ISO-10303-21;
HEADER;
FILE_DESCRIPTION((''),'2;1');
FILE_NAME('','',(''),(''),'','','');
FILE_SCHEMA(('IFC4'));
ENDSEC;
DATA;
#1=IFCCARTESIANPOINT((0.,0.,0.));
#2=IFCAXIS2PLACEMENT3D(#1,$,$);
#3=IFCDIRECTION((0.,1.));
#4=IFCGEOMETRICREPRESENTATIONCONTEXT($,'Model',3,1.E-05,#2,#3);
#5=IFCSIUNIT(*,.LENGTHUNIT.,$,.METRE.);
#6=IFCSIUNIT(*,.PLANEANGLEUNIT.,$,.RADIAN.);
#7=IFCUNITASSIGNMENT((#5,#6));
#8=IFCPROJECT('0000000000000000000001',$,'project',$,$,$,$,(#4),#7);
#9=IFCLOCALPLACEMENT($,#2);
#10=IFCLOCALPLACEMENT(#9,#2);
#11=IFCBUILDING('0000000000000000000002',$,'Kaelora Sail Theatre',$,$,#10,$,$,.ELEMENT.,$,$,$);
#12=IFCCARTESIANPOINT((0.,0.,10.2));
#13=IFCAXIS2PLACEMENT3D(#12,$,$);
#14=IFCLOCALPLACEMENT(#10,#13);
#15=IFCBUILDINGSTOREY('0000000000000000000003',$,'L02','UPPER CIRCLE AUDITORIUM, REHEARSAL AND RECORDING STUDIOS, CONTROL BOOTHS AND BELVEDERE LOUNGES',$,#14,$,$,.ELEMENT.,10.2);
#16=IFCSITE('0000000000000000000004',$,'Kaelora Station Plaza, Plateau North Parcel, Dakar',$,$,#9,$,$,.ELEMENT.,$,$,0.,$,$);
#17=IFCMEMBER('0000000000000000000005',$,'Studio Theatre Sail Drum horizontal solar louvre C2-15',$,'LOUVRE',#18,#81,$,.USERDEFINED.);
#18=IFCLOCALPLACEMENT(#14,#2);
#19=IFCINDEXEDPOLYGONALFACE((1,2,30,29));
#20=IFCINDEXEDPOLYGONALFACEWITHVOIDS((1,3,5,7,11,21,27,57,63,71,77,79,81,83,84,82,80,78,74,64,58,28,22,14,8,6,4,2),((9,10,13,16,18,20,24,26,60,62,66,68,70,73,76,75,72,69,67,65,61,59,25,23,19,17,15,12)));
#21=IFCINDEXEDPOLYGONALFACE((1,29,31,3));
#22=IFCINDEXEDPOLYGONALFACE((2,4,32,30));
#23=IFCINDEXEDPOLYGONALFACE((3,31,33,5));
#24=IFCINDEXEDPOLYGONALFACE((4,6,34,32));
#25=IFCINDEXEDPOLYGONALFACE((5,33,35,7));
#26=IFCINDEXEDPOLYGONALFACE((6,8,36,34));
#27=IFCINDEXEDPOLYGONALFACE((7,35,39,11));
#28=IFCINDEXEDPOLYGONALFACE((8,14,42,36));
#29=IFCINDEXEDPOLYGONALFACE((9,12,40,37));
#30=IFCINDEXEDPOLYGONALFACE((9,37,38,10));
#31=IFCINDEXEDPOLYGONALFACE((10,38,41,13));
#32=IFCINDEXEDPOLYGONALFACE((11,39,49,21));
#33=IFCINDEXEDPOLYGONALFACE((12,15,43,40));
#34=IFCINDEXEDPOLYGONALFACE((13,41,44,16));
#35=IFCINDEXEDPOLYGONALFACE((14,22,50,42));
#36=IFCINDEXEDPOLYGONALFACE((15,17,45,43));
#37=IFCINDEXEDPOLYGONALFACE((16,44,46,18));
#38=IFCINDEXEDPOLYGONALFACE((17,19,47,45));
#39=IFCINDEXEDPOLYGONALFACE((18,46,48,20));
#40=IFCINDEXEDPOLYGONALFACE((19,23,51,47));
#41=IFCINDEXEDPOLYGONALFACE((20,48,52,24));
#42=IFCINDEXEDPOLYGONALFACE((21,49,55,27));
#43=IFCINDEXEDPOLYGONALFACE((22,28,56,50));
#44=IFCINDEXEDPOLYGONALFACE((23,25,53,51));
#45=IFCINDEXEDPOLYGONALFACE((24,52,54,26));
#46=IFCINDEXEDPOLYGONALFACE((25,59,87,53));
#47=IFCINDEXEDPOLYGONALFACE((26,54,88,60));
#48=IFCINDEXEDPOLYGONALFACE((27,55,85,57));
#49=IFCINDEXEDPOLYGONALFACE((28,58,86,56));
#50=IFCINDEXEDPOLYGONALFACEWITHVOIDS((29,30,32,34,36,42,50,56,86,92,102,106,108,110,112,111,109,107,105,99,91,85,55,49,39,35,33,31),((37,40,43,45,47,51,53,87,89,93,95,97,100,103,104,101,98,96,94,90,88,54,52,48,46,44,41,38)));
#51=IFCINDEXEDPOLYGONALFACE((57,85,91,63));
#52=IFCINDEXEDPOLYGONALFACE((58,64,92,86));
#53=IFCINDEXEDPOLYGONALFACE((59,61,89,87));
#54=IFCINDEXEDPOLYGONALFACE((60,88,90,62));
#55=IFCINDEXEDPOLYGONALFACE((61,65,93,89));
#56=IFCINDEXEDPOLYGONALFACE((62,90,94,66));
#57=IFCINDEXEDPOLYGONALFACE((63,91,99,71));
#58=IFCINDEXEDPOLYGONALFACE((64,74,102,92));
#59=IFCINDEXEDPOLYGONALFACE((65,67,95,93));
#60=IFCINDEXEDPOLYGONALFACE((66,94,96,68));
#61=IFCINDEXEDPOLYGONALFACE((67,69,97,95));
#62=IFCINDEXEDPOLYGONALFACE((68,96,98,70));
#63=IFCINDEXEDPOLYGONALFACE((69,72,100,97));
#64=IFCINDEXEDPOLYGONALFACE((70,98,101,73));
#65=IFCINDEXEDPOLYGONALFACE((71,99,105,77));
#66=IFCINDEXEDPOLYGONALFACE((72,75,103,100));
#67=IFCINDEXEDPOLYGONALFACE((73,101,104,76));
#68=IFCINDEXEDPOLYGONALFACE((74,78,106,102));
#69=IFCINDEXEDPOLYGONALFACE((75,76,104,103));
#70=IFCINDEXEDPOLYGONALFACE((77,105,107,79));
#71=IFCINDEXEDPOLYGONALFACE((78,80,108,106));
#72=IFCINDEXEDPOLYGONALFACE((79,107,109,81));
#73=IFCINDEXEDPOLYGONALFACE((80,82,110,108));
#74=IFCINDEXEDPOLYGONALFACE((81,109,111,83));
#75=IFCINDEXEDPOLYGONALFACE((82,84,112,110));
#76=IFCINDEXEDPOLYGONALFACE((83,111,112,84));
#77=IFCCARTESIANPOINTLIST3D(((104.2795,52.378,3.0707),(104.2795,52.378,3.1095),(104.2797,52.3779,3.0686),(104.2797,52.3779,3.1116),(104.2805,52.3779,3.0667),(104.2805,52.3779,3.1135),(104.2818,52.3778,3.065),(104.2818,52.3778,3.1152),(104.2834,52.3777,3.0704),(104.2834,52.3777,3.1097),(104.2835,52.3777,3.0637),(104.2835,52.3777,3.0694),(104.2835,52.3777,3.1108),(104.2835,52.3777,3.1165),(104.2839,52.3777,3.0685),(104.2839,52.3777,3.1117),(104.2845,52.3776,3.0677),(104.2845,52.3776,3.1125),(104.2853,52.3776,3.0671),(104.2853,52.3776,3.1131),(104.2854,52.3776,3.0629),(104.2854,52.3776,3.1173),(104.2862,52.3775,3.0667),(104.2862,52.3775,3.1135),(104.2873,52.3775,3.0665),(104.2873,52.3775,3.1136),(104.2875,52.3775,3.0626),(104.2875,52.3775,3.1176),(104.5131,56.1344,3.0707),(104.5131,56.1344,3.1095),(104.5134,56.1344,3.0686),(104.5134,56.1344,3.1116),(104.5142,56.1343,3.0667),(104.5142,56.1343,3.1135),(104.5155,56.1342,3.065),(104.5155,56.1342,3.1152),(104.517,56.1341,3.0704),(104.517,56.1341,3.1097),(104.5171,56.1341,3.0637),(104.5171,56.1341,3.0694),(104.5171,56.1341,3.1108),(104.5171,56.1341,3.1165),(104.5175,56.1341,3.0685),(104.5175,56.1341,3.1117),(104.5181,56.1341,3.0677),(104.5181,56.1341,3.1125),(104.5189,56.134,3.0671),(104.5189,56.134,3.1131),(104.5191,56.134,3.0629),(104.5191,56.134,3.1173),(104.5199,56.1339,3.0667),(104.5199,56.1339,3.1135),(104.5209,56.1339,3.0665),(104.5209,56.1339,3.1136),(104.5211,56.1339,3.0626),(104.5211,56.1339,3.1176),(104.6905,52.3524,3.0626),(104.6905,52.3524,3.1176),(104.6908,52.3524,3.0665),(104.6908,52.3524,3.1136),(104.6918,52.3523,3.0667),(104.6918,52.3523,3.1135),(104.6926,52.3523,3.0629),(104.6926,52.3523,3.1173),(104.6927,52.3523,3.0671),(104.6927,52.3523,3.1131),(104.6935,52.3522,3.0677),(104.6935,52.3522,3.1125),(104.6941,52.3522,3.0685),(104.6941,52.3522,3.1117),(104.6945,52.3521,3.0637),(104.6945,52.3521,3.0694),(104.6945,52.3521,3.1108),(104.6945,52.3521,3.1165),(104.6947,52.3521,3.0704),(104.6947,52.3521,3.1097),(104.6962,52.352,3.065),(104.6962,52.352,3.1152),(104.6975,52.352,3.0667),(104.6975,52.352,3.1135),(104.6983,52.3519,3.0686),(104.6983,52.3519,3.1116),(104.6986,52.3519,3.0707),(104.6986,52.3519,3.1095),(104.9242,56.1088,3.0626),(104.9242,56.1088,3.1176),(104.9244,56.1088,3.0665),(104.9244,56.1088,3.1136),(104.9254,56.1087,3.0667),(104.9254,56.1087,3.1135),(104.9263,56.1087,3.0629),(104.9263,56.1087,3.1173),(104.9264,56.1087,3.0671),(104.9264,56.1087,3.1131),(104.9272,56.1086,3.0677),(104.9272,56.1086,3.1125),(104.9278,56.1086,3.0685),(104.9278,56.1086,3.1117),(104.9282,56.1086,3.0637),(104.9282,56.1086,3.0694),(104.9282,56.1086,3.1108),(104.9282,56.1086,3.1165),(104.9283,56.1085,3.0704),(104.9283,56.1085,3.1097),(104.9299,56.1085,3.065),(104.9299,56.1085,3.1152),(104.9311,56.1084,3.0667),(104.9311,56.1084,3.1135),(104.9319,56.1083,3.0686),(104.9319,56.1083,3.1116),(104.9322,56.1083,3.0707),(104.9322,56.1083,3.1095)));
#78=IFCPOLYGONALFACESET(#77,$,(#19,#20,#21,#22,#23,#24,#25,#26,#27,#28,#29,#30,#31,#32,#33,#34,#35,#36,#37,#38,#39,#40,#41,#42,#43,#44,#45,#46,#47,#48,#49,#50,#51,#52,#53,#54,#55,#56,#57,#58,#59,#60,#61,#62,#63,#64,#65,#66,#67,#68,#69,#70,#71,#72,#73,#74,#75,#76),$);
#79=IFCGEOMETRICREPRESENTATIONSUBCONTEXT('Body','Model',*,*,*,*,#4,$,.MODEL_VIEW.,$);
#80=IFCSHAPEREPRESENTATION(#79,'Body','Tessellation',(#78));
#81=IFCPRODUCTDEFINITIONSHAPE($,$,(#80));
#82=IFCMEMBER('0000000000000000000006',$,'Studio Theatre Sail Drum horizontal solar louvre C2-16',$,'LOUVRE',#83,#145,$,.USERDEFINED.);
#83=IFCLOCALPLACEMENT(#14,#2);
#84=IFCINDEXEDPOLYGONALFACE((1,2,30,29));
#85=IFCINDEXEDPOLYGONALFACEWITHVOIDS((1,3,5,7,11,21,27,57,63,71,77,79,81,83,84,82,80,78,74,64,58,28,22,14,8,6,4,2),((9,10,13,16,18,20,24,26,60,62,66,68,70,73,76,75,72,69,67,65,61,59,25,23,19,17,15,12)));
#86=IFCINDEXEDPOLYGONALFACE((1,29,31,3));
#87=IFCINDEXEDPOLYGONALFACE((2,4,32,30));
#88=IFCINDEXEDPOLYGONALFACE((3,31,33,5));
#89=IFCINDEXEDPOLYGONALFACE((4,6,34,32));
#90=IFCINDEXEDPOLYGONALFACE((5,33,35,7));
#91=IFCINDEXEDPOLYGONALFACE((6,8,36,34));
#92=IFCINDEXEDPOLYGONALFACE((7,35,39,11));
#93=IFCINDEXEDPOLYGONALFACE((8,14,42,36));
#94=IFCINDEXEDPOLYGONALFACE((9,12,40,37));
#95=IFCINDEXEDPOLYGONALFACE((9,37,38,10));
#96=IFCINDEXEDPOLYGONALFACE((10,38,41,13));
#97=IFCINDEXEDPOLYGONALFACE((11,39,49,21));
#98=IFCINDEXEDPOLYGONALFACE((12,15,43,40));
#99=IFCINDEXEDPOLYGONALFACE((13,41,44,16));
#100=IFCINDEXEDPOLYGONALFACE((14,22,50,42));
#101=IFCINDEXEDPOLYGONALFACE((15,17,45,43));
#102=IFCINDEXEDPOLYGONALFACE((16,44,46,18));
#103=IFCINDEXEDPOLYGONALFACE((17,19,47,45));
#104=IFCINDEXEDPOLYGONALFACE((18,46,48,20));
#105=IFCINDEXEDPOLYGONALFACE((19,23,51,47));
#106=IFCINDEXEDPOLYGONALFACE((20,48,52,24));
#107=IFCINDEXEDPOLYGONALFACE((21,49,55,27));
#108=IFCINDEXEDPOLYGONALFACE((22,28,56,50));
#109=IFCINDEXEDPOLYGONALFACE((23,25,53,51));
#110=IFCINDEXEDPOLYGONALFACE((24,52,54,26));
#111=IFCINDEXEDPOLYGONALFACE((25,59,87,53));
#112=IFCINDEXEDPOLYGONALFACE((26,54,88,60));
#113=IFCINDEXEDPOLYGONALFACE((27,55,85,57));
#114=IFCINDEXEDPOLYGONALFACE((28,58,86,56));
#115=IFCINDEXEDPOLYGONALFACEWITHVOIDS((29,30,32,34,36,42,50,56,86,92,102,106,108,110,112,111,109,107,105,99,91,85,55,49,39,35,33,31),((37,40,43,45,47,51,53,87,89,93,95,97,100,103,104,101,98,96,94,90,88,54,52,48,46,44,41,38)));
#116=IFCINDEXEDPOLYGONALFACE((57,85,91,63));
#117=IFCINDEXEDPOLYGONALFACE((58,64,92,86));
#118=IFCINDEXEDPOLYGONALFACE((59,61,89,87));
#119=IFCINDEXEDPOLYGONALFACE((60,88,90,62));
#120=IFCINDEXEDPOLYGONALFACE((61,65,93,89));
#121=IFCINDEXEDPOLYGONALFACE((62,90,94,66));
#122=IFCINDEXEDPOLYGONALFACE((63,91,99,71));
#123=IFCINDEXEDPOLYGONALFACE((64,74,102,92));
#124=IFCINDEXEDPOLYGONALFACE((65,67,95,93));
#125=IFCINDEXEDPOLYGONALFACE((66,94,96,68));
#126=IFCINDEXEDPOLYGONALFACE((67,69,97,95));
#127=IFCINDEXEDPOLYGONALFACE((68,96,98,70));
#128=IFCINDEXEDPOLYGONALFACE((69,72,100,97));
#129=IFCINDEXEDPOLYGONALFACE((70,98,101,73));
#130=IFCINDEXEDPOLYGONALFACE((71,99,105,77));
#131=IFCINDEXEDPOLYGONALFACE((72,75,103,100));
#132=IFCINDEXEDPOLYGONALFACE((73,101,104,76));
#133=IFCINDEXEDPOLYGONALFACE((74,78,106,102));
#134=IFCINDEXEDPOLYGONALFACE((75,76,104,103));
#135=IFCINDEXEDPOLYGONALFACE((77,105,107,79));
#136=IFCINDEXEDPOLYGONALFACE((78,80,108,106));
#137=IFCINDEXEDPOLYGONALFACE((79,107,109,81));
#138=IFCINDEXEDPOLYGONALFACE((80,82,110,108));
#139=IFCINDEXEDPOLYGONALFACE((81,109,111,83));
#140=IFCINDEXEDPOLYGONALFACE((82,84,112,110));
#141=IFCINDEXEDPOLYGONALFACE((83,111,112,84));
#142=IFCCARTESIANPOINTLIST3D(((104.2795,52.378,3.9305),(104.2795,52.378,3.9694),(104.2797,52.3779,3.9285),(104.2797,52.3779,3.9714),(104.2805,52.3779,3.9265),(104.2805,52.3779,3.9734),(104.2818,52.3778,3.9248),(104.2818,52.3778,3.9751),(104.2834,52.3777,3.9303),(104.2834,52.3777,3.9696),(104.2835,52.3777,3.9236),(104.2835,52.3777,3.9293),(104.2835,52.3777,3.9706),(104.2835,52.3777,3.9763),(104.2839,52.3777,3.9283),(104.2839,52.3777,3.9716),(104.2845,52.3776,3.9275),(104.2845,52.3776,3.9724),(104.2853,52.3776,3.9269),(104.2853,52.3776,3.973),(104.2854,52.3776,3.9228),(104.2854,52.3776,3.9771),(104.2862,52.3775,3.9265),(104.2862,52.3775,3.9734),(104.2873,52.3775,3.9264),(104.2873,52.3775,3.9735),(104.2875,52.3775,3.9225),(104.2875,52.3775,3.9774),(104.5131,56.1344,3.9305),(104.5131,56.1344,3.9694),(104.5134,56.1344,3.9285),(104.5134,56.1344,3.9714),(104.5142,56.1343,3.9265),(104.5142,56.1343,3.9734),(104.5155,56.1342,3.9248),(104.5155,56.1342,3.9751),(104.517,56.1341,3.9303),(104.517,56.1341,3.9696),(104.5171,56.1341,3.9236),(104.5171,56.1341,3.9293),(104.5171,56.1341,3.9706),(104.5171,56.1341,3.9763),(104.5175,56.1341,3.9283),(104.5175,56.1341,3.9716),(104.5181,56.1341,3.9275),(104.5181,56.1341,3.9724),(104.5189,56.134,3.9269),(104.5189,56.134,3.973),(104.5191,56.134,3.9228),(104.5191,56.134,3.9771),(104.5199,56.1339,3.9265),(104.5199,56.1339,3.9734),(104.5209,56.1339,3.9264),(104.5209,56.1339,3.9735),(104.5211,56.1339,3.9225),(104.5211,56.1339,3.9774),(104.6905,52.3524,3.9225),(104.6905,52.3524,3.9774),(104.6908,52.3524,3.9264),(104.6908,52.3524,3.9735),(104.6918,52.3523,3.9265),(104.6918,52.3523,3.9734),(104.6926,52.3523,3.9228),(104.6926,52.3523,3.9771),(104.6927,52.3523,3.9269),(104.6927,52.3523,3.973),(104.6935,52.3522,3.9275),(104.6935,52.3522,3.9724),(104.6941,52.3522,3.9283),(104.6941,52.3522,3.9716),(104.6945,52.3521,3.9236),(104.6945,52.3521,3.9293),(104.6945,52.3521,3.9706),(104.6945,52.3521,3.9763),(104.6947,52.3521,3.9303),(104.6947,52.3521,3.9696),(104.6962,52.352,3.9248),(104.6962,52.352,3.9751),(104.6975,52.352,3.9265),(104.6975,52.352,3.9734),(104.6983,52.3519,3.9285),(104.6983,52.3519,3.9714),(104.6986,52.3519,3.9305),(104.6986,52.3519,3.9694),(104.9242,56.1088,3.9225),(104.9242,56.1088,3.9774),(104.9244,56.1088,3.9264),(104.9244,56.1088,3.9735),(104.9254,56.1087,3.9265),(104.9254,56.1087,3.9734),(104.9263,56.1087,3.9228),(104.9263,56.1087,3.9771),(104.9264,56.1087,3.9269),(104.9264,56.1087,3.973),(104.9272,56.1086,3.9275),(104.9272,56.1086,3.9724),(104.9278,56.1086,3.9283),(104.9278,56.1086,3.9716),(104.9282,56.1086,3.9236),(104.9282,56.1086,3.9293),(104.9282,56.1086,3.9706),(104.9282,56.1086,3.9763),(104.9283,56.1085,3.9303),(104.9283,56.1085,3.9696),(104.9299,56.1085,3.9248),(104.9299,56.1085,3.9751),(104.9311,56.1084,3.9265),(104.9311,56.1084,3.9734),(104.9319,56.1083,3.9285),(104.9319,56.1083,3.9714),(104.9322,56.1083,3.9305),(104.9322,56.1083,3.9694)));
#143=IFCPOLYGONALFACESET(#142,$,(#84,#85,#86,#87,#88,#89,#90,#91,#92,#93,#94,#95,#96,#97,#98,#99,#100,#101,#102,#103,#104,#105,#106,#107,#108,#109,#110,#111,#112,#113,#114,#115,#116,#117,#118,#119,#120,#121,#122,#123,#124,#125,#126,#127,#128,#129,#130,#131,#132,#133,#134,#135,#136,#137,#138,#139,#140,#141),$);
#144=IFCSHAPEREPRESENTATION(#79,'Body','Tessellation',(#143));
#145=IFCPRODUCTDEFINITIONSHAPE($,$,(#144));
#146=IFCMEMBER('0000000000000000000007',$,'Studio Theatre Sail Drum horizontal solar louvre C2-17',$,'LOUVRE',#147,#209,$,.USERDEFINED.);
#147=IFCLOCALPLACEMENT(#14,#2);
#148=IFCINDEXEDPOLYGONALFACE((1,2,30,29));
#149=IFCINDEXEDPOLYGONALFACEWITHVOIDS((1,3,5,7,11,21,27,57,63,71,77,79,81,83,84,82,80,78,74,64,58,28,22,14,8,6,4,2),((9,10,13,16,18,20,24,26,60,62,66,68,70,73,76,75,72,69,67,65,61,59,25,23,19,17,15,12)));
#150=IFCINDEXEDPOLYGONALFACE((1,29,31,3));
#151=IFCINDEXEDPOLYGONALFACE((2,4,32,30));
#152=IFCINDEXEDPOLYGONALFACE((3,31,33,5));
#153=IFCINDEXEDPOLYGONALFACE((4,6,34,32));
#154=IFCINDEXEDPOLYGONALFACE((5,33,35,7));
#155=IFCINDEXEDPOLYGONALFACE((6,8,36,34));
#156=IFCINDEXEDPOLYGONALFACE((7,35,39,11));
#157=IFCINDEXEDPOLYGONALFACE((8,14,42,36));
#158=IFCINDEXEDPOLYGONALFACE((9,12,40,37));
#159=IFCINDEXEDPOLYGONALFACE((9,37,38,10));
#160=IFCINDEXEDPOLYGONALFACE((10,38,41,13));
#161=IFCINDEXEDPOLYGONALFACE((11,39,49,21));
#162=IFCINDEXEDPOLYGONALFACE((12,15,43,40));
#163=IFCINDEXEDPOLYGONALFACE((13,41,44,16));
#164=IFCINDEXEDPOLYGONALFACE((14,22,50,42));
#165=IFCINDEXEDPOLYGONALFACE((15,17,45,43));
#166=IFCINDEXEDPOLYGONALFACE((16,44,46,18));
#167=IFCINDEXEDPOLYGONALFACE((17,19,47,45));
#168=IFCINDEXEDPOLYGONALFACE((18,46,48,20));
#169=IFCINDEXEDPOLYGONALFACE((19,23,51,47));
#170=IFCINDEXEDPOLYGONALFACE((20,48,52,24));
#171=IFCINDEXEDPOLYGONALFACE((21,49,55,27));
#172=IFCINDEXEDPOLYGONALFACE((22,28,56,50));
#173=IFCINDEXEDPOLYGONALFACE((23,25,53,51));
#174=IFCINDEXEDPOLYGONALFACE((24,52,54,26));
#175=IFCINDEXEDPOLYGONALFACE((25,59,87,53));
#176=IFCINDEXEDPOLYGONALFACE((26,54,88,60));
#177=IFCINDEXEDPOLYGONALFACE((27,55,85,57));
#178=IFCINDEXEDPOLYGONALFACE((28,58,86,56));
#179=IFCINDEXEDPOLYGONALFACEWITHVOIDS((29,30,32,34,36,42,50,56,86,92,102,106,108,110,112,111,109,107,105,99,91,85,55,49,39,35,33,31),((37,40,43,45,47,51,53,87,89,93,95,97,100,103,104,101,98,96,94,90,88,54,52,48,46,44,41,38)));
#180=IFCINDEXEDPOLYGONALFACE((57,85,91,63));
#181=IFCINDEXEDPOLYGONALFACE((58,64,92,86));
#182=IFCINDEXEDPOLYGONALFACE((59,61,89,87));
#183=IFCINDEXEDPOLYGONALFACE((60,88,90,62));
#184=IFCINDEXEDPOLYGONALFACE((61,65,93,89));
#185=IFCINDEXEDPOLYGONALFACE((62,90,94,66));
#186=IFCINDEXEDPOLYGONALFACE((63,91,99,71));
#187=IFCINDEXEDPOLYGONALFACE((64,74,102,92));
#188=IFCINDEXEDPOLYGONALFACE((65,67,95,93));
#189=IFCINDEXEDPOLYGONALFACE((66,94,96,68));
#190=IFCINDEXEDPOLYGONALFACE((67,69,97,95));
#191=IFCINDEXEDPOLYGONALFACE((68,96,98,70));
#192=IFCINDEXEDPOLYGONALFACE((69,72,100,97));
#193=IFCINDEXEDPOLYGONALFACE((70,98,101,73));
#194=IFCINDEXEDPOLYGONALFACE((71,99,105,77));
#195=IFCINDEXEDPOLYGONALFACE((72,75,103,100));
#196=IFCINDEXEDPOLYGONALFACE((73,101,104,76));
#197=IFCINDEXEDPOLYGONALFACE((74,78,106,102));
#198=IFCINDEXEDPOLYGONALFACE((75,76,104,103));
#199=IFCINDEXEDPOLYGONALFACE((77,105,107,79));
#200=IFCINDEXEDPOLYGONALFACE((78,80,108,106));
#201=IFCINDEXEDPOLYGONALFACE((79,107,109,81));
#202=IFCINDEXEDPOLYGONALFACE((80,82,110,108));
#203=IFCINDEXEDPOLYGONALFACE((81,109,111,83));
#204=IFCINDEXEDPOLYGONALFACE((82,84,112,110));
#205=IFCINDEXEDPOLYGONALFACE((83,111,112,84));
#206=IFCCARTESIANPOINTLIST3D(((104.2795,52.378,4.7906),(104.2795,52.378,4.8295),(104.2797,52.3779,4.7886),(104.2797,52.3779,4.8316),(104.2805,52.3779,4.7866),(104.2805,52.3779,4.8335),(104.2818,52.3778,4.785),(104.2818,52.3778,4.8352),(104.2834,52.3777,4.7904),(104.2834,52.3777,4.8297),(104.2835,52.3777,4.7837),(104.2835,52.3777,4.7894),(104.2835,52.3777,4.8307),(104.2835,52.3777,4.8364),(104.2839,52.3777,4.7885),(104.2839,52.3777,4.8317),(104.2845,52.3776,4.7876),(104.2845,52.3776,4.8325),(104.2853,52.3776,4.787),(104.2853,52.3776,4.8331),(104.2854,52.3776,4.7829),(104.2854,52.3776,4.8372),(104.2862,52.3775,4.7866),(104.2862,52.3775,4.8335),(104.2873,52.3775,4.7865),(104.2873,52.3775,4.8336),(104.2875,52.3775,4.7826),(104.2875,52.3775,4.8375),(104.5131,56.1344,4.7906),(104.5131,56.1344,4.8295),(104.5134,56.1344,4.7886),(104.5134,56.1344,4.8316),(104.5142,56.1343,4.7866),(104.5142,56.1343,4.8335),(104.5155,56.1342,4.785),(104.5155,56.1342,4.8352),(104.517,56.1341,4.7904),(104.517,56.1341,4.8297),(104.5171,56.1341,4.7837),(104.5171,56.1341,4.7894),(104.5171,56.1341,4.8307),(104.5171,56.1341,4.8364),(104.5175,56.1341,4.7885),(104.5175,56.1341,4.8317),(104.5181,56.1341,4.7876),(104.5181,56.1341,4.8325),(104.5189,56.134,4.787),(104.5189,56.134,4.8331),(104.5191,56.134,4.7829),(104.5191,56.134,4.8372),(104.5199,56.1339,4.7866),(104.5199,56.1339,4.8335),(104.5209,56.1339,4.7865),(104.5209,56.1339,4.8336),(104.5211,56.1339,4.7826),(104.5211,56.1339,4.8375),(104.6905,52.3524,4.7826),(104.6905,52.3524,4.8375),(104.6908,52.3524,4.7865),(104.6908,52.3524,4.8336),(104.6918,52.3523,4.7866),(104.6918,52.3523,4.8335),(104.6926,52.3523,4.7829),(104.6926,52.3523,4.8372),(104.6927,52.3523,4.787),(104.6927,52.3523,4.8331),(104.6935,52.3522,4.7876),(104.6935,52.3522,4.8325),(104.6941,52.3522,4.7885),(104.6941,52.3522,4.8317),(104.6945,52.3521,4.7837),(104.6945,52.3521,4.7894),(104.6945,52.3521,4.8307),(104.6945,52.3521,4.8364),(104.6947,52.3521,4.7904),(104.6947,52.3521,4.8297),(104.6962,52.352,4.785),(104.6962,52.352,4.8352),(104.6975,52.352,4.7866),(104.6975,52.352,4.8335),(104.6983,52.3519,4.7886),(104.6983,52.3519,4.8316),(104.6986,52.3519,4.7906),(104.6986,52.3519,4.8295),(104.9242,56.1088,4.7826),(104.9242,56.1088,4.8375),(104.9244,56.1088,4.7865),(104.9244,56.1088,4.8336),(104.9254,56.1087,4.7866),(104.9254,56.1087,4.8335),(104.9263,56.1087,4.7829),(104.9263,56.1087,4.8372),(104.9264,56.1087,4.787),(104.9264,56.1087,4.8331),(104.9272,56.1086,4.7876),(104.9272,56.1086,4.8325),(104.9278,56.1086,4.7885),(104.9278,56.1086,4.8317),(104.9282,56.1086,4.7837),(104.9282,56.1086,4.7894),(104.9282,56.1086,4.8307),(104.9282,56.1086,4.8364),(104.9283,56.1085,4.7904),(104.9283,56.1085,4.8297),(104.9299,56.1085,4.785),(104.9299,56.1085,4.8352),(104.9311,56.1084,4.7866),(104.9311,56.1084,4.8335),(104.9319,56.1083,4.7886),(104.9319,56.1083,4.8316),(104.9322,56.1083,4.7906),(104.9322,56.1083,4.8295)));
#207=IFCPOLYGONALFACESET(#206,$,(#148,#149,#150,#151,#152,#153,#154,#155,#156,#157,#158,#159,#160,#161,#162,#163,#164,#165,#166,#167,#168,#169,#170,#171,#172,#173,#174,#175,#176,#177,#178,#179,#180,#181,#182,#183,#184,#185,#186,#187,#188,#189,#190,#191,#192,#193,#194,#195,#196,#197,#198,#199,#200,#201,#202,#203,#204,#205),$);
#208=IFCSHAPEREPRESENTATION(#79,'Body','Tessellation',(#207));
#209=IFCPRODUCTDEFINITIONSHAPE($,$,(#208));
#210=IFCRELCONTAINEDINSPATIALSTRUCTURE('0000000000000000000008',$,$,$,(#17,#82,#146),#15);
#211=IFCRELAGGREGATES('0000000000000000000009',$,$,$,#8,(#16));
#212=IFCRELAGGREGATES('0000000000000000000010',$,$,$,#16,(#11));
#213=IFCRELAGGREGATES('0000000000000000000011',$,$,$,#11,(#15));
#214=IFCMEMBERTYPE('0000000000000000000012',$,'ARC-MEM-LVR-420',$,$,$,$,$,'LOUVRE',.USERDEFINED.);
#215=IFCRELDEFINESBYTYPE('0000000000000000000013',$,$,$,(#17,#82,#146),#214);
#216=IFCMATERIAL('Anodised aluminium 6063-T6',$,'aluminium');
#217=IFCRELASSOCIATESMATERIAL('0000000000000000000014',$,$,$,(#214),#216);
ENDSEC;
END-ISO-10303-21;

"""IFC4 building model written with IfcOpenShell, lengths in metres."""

from ifc_helpers import new_model, si_unit, direction, frame, origin, origin_2d, place, context, subcontext, project, spatial, hollow_rectangle, extrude, material, material_profile, profile_set, type_object, element, save


model = new_model("IFC4")

# Units and contexts
model_context = context("Model", 3, precision=1e-05, world=origin(), true_north=direction((0.0, 1.0)))
body_context = subcontext(model_context, "Body", "Model", "MODEL_VIEW")
ifc_project = project(units=[si_unit("LENGTHUNIT", "METRE"), si_unit("PLANEANGLEUNIT", "RADIAN")], contexts=[model_context])

# Site, building, storey
site_placement = place(None, origin())
site = spatial("IfcSite", under=ifc_project, at=site_placement, Name="Kaelora Station Plaza, Plateau North Parcel, Dakar", CompositionType="ELEMENT", RefElevation=0.0)
building_placement = place(site_placement, origin())
building = spatial("IfcBuilding", under=site, at=building_placement, Name="Kaelora Sail Theatre", CompositionType="ELEMENT")
storey_placement = place(building_placement, frame((0.0, 0.0, 10.2)))
storey = spatial("IfcBuildingStorey", under=building, at=storey_placement, Name="L02", Description="UPPER CIRCLE AUDITORIUM, REHEARSAL AND RECORDING STUDIOS, CONTROL BOOTHS AND BELVEDERE LOUNGES", CompositionType="ELEMENT", Elevation=10.2)

# Members
ifc_material_1 = material(Name="Anodised aluminium 6063-T6", Category="aluminium")
ifc_material_profile_1 = material_profile(ifc_material_1, hollow_rectangle(XDim=0.4199, YDim=0.0549, WallThickness=0.0039, InnerFilletRadius=0.0039, OuterFilletRadius=0.0081, at=origin_2d()), Name="LOUVRE 420x55x4")
ifc_profile_set_1 = profile_set([ifc_material_profile_1], Name="Anodised aluminium 6063-T6")
member_type_1 = type_object("IfcMemberType", Name="ARC-MEM-LVR-420", ElementType="LOUVRE", PredefinedType="USERDEFINED", material=ifc_profile_set_1)
for number, where, z_axis, x_axis, name in (
    (1, (104.7227, 56.1213, 3.0901), (-0.062079, -0.998071, 0.0), (0.998071, -0.062079, 0.0), "Studio Theatre Sail Drum horizontal solar louvre C2-15"),
    (2, (104.7227, 56.1213, 3.95), (-0.062079, -0.998071, 0.0), (0.998071, -0.062079, 0.0), "Studio Theatre Sail Drum horizontal solar louvre C2-16"),
    (3, (104.7227, 56.1213, 4.8101), (-0.062079, -0.998071, 0.0), (0.998071, -0.062079, 0.0), "Studio Theatre Sail Drum horizontal solar louvre C2-17"),
):
    element("IfcMember", number, at=place(storey_placement, frame(where, z_axis=z_axis, x_axis=x_axis)), inside=storey, type_object=member_type_1, Name=name, ObjectType="LOUVRE", PredefinedType="USERDEFINED", context=body_context, shape_type="SweptSolid", body=[
        extrude(hollow_rectangle(XDim=0.4199, YDim=0.0549, WallThickness=0.0039, InnerFilletRadius=0.0039, OuterFilletRadius=0.0081, at=origin_2d()), origin(), (0.0, 0.0, 1.0), 3.7637),
    ])

save(model, "model.ifc")
